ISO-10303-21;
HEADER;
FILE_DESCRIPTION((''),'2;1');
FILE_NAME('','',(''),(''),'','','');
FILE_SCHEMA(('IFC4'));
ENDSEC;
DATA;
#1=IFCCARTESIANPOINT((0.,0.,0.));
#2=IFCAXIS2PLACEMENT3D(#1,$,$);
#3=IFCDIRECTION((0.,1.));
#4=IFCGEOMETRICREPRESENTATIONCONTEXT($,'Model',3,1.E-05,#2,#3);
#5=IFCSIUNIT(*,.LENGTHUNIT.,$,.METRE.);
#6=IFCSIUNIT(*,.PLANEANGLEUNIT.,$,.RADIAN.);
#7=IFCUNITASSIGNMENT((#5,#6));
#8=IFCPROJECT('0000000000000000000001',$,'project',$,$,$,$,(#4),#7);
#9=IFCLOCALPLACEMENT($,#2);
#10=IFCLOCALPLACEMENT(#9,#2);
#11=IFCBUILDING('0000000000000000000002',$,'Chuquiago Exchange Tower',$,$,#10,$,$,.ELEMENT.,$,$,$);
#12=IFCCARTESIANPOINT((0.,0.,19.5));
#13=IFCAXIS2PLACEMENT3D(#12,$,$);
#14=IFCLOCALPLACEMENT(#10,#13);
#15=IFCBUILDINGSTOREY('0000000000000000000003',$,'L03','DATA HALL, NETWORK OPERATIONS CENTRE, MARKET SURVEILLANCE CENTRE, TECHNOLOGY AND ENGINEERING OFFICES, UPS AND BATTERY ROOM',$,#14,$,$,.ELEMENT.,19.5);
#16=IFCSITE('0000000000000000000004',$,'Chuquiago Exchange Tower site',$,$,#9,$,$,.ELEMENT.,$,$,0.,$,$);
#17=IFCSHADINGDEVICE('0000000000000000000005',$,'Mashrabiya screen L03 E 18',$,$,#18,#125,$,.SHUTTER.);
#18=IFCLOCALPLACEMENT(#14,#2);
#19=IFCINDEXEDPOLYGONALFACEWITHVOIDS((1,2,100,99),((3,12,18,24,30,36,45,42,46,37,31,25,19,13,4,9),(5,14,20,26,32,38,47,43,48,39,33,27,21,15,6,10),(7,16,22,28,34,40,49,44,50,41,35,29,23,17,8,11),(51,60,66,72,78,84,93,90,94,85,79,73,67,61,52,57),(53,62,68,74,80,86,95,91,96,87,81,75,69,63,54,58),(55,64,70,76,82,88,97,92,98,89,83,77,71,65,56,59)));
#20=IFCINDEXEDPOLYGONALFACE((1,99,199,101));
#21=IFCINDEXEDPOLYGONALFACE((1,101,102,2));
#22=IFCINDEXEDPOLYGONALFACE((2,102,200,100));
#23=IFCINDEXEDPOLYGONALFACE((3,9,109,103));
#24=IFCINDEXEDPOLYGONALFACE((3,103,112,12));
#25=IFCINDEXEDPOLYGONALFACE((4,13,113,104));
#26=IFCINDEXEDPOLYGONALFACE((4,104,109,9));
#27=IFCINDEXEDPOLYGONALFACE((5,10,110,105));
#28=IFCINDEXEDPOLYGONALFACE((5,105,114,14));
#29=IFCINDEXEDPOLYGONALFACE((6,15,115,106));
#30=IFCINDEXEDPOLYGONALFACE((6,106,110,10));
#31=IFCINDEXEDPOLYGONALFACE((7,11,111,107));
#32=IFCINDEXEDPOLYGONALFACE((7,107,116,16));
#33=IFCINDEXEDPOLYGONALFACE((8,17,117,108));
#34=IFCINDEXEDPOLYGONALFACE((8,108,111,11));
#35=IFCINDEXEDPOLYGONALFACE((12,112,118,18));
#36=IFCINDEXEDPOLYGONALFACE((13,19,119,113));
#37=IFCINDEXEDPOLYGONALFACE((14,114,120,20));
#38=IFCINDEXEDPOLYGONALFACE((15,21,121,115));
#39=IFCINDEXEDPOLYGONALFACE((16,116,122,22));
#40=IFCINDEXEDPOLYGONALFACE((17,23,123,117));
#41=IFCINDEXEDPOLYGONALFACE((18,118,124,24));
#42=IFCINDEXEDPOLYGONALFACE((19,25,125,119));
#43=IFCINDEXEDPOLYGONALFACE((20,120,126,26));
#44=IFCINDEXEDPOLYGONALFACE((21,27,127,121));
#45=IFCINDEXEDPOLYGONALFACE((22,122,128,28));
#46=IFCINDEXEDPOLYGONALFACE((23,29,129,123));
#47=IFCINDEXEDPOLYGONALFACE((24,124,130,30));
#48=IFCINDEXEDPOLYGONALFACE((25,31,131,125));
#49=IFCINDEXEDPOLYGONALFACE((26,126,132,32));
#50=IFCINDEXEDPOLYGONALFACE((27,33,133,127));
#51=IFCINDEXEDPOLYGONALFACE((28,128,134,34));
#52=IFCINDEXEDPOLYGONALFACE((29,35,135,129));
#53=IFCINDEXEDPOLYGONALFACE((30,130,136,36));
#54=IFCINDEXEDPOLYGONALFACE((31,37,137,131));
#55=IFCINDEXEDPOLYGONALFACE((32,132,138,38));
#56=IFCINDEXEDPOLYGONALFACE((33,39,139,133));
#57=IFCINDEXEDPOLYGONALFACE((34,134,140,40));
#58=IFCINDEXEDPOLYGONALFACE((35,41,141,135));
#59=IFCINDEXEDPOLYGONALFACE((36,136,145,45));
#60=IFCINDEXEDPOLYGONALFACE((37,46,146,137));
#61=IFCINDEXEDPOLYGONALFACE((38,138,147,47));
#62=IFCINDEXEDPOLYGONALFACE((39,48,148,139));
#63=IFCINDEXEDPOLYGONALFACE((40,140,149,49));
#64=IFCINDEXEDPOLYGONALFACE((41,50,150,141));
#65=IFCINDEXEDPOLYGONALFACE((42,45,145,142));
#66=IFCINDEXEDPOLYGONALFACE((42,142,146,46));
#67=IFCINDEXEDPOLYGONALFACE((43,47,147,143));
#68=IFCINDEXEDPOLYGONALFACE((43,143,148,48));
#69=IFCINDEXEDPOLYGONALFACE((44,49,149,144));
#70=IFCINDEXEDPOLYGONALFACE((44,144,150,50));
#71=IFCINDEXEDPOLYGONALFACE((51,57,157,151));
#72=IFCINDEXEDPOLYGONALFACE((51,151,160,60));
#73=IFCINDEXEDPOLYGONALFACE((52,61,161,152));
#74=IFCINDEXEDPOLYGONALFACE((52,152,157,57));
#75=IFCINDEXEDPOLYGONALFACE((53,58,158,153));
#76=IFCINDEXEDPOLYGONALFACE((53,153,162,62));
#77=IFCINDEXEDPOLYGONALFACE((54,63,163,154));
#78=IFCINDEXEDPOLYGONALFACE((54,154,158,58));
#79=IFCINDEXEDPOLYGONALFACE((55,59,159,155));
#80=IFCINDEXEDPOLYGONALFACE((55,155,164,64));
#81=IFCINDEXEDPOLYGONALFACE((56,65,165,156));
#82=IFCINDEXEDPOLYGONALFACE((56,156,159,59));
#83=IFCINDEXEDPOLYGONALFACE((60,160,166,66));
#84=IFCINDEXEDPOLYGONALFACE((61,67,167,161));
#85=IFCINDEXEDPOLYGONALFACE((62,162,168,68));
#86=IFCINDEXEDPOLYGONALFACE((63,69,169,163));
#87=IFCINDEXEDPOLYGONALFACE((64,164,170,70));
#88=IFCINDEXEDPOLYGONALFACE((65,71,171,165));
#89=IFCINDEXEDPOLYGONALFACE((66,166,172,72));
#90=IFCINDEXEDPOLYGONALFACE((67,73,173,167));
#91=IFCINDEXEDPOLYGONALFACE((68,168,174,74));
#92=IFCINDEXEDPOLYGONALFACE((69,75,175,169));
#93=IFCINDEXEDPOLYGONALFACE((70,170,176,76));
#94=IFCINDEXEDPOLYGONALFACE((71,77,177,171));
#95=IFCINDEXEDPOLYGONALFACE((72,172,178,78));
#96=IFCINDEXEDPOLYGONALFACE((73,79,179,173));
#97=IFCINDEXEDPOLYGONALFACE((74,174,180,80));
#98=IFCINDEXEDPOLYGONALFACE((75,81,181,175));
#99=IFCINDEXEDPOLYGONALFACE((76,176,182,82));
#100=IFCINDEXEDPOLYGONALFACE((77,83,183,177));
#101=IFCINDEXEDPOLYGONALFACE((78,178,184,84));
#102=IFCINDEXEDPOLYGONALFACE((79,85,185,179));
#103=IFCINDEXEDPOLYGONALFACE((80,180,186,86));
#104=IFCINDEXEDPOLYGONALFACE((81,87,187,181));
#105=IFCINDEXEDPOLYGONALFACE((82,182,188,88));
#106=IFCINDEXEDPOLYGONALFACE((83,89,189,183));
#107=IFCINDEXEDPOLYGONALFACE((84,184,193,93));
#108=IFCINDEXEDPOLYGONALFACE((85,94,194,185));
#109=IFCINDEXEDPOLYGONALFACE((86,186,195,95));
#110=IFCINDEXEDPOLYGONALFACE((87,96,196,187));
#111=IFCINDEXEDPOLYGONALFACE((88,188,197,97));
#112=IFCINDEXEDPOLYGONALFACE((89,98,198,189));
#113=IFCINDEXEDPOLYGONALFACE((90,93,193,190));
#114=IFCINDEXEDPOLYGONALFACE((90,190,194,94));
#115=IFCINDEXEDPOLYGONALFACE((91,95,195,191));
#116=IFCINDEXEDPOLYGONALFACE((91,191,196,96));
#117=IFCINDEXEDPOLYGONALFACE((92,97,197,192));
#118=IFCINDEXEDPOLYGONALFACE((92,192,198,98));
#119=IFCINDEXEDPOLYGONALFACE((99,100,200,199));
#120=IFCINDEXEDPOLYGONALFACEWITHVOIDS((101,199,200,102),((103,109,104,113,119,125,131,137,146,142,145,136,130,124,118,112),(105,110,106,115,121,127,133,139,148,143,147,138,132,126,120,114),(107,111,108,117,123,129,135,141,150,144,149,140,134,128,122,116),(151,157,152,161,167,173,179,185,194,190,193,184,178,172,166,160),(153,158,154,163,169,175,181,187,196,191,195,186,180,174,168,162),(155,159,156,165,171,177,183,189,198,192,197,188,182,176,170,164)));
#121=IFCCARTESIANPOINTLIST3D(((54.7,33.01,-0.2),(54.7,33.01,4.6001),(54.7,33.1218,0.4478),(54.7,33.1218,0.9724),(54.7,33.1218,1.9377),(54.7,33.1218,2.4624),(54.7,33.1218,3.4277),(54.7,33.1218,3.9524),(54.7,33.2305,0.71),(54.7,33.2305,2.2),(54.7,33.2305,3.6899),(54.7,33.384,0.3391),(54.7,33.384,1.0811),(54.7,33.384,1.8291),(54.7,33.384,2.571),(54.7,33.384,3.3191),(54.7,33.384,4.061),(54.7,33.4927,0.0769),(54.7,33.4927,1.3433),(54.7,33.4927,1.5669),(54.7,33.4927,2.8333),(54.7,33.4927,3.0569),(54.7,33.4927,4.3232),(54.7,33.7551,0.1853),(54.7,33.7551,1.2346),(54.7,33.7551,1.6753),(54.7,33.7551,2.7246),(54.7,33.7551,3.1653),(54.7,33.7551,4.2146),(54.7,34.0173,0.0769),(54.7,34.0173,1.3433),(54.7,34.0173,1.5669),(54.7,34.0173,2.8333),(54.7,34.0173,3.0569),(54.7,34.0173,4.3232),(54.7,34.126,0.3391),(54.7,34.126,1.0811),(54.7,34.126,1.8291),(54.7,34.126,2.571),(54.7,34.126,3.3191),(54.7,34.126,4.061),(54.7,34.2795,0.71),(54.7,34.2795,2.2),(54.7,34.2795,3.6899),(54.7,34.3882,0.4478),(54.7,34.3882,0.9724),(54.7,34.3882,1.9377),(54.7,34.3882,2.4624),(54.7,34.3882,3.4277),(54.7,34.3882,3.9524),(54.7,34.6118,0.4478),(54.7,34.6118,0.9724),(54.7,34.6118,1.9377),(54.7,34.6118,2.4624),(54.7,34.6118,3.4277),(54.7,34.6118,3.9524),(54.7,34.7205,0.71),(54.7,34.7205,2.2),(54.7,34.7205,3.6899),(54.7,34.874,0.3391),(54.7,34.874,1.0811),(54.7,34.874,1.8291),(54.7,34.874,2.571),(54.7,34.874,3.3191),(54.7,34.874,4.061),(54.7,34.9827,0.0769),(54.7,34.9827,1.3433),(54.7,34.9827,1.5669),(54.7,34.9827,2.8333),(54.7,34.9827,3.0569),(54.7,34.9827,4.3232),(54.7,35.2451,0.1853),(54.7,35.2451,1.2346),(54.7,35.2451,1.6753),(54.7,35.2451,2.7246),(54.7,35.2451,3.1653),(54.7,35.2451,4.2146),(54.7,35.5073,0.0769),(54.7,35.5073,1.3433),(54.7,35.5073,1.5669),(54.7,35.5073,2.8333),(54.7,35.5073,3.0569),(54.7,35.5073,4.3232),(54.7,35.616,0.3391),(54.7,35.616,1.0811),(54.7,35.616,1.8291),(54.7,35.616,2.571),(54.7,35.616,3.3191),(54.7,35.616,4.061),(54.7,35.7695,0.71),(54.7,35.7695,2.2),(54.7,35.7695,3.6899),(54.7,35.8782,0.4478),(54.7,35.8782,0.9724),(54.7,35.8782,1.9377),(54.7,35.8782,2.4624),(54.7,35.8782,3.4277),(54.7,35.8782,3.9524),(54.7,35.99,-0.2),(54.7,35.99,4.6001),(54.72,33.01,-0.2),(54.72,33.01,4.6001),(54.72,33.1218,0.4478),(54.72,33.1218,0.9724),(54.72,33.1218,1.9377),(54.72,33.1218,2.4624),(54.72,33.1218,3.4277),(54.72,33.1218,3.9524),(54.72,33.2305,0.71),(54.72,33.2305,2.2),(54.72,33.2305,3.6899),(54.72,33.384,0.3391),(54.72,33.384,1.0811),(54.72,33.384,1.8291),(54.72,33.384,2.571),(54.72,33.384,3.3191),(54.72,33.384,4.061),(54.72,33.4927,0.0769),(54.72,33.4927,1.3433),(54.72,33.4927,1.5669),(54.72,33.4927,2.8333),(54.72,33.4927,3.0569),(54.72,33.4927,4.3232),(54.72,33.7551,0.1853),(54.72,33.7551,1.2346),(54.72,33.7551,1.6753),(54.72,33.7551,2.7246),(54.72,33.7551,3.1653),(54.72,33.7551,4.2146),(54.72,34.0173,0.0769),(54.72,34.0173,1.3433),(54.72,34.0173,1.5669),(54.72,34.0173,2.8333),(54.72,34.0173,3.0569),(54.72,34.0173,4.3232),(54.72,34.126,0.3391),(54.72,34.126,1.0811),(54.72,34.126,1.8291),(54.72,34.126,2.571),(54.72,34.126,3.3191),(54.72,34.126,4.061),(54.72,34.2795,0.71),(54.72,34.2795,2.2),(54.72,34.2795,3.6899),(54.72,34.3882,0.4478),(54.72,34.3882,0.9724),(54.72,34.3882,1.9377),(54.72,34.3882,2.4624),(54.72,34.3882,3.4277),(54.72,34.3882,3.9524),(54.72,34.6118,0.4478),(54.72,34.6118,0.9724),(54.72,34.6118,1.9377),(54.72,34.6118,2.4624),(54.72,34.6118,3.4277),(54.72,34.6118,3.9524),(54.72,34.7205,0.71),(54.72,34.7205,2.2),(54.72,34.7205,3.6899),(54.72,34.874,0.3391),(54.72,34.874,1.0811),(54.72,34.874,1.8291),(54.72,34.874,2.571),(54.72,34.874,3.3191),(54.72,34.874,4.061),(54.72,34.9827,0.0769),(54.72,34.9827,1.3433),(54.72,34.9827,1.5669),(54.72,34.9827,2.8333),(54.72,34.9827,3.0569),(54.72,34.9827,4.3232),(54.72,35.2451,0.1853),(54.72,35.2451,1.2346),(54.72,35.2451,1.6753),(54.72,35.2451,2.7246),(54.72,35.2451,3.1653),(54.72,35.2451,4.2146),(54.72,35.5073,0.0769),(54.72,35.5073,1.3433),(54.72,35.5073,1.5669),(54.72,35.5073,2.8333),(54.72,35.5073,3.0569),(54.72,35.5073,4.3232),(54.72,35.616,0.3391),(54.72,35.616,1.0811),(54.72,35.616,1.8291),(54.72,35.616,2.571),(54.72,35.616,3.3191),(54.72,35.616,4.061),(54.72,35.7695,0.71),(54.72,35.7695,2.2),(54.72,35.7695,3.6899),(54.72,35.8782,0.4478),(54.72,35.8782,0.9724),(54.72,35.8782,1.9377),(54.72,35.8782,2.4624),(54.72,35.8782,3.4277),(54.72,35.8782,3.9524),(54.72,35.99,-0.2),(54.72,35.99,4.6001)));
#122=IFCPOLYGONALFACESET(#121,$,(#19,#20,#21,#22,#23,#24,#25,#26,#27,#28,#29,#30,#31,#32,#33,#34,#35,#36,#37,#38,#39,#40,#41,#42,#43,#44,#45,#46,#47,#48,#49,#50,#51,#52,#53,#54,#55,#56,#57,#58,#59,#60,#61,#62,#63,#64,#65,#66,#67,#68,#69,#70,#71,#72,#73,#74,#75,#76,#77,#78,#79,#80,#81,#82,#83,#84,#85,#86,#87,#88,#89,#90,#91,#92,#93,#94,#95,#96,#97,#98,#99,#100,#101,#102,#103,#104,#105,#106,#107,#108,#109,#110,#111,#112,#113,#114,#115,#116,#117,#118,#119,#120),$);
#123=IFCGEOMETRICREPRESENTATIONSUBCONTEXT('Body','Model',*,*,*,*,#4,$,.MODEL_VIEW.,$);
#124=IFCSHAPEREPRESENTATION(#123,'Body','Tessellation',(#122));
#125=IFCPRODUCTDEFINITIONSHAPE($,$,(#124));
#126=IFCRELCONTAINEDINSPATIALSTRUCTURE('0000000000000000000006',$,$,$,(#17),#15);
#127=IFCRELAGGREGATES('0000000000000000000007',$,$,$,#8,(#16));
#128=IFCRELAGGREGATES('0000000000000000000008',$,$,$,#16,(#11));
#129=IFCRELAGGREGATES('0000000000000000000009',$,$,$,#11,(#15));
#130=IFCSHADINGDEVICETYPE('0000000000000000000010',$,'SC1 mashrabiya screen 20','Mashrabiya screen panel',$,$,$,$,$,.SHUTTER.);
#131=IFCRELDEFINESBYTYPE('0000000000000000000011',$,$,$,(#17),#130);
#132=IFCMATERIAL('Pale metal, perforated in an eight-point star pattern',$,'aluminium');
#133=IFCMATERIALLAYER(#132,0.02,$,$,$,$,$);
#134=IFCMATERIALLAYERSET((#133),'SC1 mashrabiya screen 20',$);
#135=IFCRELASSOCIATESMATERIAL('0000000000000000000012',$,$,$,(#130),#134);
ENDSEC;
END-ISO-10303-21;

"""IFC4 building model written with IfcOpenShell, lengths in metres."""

from ifc_helpers import new_model, si_unit, direction, frame, origin, place, context, subcontext, project, spatial, polyline, outline, extrude, material, layer, layer_set, type_object, element, save


model = new_model("IFC4")

# Units and contexts
model_context = context("Model", 3, precision=1e-05, world=origin(), true_north=direction((0.0, 1.0)))
body_context = subcontext(model_context, "Body", "Model", "MODEL_VIEW")
ifc_project = project(units=[si_unit("LENGTHUNIT", "METRE"), si_unit("PLANEANGLEUNIT", "RADIAN")], contexts=[model_context])

# Site, building, storey
site_placement = place(None, origin())
site = spatial("IfcSite", under=ifc_project, at=site_placement, Name="Chuquiago Exchange Tower site", CompositionType="ELEMENT", RefElevation=0.0)
building_placement = place(site_placement, origin())
building = spatial("IfcBuilding", under=site, at=building_placement, Name="Chuquiago Exchange Tower", CompositionType="ELEMENT")
storey_placement = place(building_placement, frame((0.0, 0.0, 19.5)))
storey = spatial("IfcBuildingStorey", under=building, at=storey_placement, Name="L03", Description="DATA HALL, NETWORK OPERATIONS CENTRE, MARKET SURVEILLANCE CENTRE, TECHNOLOGY AND ENGINEERING OFFICES, UPS AND BATTERY ROOM", CompositionType="ELEMENT", Elevation=19.5)

# Shading device
ifc_material_1 = material(Name="Pale metal, perforated in an eight-point star pattern", Category="aluminium")
ifc_layer_1 = layer(ifc_material_1, 0.02)
ifc_layer_set_1 = layer_set([ifc_layer_1], Name="SC1 mashrabiya screen 20")
shading_device_type = type_object("IfcShadingDeviceType", Name="SC1 mashrabiya screen 20", Description="Mashrabiya screen panel", PredefinedType="SHUTTER", material=ifc_layer_set_1)
shading_device_1_placement = place(storey_placement, frame((54.7, 33.01, -0.2), z_axis=(0.0, 0.0, 1.0), x_axis=(0.0, 1.0, 0.0)))
element("IfcShadingDevice", 1, at=shading_device_1_placement, inside=storey, type_object=shading_device_type, Name="Mashrabiya screen L03 E 18", PredefinedType="SHUTTER", context=body_context, shape_type="SweptSolid", body=[
    extrude(outline(polyline([(0.0, 0.0), (2.98, 0.0), (2.98, 4.8), (0.0, 4.8), (0.0, 0.0)]), holes=[polyline([(1.2695, 0.9099), (1.3782, 1.1724), (1.116, 1.281), (1.0073, 1.5432), (0.7451, 1.4346), (0.4827, 1.5432), (0.374, 1.281), (0.1118, 1.1724), (0.2205, 0.9099), (0.1118, 0.6477), (0.374, 0.5391), (0.4827, 0.2769), (0.7451, 0.3853), (1.0073, 0.2769), (1.116, 0.5391), (1.3782, 0.6477), (1.2695, 0.9099)]), polyline([(2.7595, 0.9099), (2.8682, 1.1724), (2.606, 1.281), (2.4973, 1.5432), (2.2351, 1.4346), (1.9727, 1.5432), (1.864, 1.281), (1.6018, 1.1724), (1.7104, 0.9099), (1.6018, 0.6477), (1.864, 0.5391), (1.9727, 0.2769), (2.2351, 0.3853), (2.4973, 0.2769), (2.606, 0.5391), (2.8682, 0.6477), (2.7595, 0.9099)]), polyline([(1.2695, 2.3999), (1.3782, 2.6624), (1.116, 2.771), (1.0073, 3.0332), (0.7451, 2.9246), (0.4827, 3.0332), (0.374, 2.771), (0.1118, 2.6624), (0.2205, 2.3999), (0.1118, 2.1377), (0.374, 2.0291), (0.4827, 1.7668), (0.7451, 1.8752), (1.0073, 1.7668), (1.116, 2.0291), (1.3782, 2.1377), (1.2695, 2.3999)]), polyline([(2.7595, 2.3999), (2.8682, 2.6624), (2.606, 2.771), (2.4973, 3.0332), (2.2351, 2.9246), (1.9727, 3.0332), (1.864, 2.771), (1.6018, 2.6624), (1.7104, 2.3999), (1.6018, 2.1377), (1.864, 2.0291), (1.9727, 1.7668), (2.2351, 1.8752), (2.4973, 1.7668), (2.606, 2.0291), (2.8682, 2.1377), (2.7595, 2.3999)]), polyline([(1.2695, 3.8899), (1.3782, 4.1523), (1.116, 4.261), (1.0073, 4.5232), (0.7451, 4.4146), (0.4827, 4.5232), (0.374, 4.261), (0.1118, 4.1523), (0.2205, 3.8899), (0.1118, 3.6277), (0.374, 3.519), (0.4827, 3.2568), (0.7451, 3.3652), (1.0073, 3.2568), (1.116, 3.519), (1.3782, 3.6277), (1.2695, 3.8899)]), polyline([(2.7595, 3.8899), (2.8682, 4.1523), (2.606, 4.261), (2.4973, 4.5232), (2.2351, 4.4146), (1.9727, 4.5232), (1.864, 4.261), (1.6018, 4.1523), (1.7104, 3.8899), (1.6018, 3.6277), (1.864, 3.519), (1.9727, 3.2568), (2.2351, 3.3652), (2.4973, 3.2568), (2.606, 3.519), (2.8682, 3.6277), (2.7595, 3.8899)])]), frame((0.0, 0.0, 0.0), z_axis=(0.0, -1.0, 0.0), x_axis=(1.0, 0.0, 0.0)), (0.0, 0.0, 1.0), 0.02),
])

save(model, "model.ifc")
